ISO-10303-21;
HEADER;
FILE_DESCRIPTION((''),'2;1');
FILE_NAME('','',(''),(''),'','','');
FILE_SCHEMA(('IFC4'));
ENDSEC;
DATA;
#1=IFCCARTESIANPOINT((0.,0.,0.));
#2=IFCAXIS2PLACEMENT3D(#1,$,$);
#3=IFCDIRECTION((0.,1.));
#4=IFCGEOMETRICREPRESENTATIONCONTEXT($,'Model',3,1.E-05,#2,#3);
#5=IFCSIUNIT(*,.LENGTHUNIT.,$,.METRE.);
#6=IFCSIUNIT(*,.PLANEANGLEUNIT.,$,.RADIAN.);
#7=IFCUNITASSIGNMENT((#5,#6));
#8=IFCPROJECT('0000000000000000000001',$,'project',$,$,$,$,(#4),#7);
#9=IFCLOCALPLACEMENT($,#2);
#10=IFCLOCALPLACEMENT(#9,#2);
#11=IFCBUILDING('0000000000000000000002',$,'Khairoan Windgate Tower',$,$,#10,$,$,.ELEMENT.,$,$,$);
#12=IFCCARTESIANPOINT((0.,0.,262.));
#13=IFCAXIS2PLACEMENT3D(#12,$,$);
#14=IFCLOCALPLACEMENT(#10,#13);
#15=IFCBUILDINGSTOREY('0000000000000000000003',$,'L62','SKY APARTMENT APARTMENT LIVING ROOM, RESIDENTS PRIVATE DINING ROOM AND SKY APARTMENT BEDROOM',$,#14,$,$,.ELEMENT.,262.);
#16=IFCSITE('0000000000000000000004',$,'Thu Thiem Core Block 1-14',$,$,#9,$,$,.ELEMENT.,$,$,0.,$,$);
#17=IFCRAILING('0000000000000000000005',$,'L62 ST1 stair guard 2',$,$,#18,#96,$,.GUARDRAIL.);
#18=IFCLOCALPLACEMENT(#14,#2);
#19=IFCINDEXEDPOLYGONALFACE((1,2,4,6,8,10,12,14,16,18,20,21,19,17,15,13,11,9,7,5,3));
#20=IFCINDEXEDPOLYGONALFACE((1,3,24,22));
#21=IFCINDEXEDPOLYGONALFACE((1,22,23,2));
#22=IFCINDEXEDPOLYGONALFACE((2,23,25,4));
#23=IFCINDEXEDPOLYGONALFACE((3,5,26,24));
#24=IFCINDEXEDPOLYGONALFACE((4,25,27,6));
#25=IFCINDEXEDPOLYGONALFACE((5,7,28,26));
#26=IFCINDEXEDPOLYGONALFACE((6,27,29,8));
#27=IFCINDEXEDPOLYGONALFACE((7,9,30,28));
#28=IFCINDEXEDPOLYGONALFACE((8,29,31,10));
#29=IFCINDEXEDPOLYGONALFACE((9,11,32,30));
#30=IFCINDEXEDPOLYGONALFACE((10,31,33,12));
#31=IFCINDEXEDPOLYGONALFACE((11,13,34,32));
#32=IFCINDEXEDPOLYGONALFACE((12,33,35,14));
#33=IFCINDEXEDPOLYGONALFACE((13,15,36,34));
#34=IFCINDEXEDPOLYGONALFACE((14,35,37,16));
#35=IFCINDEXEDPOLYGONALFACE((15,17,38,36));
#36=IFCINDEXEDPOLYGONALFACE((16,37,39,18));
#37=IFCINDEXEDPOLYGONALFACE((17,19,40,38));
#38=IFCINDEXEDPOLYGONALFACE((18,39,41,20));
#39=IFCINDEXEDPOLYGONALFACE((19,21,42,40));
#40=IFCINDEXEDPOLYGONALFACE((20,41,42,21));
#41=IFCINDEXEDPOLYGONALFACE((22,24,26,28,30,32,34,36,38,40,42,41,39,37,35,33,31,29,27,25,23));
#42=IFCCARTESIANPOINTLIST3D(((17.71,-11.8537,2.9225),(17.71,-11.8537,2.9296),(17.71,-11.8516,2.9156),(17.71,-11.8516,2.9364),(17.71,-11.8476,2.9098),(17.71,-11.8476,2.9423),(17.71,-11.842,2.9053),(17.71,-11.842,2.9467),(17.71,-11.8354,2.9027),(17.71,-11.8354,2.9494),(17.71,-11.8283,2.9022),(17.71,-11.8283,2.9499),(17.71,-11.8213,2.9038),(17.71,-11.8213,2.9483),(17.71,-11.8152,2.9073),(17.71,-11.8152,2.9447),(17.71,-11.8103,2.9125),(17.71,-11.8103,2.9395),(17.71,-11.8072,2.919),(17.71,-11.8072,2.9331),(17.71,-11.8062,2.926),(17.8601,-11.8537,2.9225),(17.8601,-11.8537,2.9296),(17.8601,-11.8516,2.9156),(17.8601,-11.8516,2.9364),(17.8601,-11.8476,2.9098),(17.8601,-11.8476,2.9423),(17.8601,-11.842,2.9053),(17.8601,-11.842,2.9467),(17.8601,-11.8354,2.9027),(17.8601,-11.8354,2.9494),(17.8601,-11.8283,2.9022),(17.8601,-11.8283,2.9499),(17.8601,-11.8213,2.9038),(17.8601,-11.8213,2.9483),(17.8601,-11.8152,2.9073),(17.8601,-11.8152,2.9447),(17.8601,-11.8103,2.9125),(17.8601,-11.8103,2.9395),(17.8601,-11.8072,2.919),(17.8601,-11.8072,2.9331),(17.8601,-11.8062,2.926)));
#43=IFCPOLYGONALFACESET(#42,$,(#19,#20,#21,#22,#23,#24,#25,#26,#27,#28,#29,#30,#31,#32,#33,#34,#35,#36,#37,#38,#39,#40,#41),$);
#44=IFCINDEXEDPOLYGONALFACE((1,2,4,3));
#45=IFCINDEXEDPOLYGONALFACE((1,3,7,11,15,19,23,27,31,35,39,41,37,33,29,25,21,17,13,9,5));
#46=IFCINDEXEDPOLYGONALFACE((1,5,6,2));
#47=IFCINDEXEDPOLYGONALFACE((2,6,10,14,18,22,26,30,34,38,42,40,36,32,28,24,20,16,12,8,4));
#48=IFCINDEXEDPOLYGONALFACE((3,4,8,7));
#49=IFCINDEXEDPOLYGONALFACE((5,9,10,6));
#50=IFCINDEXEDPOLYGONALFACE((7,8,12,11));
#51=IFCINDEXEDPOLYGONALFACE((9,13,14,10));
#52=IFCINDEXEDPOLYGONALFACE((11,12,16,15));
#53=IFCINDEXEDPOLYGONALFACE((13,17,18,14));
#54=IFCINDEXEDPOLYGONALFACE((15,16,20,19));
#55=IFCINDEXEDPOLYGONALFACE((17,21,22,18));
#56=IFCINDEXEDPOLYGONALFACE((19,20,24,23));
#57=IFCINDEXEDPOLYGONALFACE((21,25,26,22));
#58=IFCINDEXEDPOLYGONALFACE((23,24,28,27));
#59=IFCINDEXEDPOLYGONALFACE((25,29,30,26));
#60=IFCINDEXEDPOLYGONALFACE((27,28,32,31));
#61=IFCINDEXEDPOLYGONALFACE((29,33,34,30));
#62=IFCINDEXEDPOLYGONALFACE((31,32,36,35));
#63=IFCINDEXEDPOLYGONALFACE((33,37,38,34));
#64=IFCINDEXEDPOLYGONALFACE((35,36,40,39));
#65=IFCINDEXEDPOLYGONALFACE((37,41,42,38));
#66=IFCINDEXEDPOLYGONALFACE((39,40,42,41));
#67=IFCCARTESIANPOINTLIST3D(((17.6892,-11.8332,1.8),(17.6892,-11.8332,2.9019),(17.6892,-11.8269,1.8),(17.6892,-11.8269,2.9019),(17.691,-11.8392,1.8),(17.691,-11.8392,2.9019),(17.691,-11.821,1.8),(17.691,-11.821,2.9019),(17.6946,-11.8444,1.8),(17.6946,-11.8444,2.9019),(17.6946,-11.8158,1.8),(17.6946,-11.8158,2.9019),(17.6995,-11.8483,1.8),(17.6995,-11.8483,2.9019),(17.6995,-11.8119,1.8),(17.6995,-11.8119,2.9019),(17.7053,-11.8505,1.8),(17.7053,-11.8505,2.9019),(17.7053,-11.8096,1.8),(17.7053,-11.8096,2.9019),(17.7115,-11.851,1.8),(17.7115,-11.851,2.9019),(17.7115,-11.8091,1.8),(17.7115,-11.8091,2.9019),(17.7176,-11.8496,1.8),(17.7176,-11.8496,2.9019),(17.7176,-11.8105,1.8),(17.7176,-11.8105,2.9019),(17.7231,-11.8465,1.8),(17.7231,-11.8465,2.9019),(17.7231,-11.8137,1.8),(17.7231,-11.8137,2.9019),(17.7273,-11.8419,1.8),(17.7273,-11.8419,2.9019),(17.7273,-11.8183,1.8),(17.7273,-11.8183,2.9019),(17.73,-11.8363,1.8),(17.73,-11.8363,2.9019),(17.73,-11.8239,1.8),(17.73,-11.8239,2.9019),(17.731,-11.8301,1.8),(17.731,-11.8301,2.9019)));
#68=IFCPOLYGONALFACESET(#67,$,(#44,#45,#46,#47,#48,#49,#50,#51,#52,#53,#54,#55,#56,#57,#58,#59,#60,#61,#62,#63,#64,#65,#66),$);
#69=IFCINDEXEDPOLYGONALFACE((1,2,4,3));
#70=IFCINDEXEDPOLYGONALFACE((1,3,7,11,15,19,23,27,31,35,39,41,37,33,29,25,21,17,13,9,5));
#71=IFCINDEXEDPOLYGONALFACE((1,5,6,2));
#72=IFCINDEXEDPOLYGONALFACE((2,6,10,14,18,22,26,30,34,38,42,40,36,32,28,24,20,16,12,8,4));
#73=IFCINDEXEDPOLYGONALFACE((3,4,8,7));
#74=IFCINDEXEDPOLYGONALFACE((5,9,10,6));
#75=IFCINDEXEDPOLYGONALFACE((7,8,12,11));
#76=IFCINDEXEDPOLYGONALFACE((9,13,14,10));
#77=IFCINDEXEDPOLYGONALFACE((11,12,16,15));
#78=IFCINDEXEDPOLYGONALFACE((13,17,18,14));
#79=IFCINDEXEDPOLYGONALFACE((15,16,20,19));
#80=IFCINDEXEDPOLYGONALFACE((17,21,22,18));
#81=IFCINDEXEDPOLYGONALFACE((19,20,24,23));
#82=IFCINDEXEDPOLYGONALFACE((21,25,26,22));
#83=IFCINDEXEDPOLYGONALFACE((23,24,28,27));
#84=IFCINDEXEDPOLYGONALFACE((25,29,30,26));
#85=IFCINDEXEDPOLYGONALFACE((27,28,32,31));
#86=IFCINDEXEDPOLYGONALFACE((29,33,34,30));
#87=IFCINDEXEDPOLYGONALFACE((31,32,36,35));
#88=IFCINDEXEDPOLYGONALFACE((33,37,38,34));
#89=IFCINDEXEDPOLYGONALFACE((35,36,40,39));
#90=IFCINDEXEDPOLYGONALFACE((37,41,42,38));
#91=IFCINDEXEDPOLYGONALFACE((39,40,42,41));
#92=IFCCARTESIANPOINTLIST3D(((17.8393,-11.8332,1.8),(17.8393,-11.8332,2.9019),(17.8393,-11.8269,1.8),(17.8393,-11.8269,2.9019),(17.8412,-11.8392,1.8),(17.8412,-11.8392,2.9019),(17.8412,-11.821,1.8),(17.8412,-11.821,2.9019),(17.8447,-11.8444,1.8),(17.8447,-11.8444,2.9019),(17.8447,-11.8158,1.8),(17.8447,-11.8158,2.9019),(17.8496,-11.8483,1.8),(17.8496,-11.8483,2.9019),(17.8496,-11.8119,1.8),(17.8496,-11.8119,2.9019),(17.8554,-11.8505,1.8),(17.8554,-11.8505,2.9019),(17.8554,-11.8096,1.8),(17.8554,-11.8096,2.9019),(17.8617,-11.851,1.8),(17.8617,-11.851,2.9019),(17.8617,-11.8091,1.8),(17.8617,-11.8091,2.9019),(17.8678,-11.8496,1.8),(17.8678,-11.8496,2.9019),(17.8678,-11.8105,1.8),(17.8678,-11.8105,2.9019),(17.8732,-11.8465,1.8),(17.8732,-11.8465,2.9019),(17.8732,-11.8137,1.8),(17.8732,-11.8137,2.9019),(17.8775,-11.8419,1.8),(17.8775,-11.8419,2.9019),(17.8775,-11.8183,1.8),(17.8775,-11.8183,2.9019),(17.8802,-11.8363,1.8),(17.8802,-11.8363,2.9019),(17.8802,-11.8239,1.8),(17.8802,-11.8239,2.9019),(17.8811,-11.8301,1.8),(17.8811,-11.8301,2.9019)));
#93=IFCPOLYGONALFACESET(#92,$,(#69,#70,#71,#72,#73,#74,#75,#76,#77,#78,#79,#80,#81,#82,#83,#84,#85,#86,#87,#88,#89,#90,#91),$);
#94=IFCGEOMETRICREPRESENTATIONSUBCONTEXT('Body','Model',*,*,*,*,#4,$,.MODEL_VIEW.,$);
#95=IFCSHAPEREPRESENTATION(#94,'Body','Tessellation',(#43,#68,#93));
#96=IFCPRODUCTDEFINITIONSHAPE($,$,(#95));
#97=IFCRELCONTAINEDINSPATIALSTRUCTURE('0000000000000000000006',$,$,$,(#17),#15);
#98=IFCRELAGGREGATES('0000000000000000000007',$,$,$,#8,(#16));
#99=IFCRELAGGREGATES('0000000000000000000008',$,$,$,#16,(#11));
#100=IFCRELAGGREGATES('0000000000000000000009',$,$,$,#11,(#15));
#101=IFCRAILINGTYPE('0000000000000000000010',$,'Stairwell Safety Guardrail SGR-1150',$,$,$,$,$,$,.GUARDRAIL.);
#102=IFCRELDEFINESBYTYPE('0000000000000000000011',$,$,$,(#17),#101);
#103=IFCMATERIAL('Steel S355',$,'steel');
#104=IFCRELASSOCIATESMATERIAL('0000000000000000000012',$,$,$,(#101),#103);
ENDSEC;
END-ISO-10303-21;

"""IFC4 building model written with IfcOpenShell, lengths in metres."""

from ifc_helpers import new_model, si_unit, direction, frame, origin, origin_2d, place, context, subcontext, project, spatial, circle, extrude, material, type_object, element, save


model = new_model("IFC4")

# Units and contexts
model_context = context("Model", 3, precision=1e-05, world=origin(), true_north=direction((0.0, 1.0)))
body_context = subcontext(model_context, "Body", "Model", "MODEL_VIEW")
ifc_project = project(units=[si_unit("LENGTHUNIT", "METRE"), si_unit("PLANEANGLEUNIT", "RADIAN")], contexts=[model_context])

# Site, building, storey
site_placement = place(None, origin())
site = spatial("IfcSite", under=ifc_project, at=site_placement, Name="Thu Thiem Core Block 1-14", CompositionType="ELEMENT", RefElevation=0.0)
building_placement = place(site_placement, origin())
building = spatial("IfcBuilding", under=site, at=building_placement, Name="Khairoan Windgate Tower", CompositionType="ELEMENT")
storey_placement = place(building_placement, frame((0.0, 0.0, 262.0)))
storey = spatial("IfcBuildingStorey", under=building, at=storey_placement, Name="L62", Description="SKY APARTMENT APARTMENT LIVING ROOM, RESIDENTS PRIVATE DINING ROOM AND SKY APARTMENT BEDROOM", CompositionType="ELEMENT", Elevation=262.0)

# Railing
ifc_material_1 = material(Name="Steel S355", Category="steel")
railing_type_1 = type_object("IfcRailingType", Name="Stairwell Safety Guardrail SGR-1150", PredefinedType="GUARDRAIL", material=ifc_material_1)
railing_1_placement = place(storey_placement, frame((17.71, -11.8301, 1.8)))
element("IfcRailing", 1, at=railing_1_placement, inside=storey, type_object=railing_type_1, Name="L62 ST1 stair guard 2", PredefinedType="GUARDRAIL", context=body_context, shape_type="SweptSolid", body=[
    extrude(circle(Radius=0.0239, at=origin_2d()), frame((0.0, 0.0, 1.126), z_axis=(1.0, 0.0, 0.0), x_axis=(0.0, 1.0, 0.0)), (0.0, 0.0, 1.0), 0.1501),
    extrude(circle(Radius=0.021, at=origin_2d()), origin(), (0.0, 0.0, 1.0), 1.1018),
    extrude(circle(Radius=0.021, at=origin_2d()), frame((0.1501, 0.0, 0.0)), (0.0, 0.0, 1.0), 1.1018),
])

save(model, "model.ifc")
